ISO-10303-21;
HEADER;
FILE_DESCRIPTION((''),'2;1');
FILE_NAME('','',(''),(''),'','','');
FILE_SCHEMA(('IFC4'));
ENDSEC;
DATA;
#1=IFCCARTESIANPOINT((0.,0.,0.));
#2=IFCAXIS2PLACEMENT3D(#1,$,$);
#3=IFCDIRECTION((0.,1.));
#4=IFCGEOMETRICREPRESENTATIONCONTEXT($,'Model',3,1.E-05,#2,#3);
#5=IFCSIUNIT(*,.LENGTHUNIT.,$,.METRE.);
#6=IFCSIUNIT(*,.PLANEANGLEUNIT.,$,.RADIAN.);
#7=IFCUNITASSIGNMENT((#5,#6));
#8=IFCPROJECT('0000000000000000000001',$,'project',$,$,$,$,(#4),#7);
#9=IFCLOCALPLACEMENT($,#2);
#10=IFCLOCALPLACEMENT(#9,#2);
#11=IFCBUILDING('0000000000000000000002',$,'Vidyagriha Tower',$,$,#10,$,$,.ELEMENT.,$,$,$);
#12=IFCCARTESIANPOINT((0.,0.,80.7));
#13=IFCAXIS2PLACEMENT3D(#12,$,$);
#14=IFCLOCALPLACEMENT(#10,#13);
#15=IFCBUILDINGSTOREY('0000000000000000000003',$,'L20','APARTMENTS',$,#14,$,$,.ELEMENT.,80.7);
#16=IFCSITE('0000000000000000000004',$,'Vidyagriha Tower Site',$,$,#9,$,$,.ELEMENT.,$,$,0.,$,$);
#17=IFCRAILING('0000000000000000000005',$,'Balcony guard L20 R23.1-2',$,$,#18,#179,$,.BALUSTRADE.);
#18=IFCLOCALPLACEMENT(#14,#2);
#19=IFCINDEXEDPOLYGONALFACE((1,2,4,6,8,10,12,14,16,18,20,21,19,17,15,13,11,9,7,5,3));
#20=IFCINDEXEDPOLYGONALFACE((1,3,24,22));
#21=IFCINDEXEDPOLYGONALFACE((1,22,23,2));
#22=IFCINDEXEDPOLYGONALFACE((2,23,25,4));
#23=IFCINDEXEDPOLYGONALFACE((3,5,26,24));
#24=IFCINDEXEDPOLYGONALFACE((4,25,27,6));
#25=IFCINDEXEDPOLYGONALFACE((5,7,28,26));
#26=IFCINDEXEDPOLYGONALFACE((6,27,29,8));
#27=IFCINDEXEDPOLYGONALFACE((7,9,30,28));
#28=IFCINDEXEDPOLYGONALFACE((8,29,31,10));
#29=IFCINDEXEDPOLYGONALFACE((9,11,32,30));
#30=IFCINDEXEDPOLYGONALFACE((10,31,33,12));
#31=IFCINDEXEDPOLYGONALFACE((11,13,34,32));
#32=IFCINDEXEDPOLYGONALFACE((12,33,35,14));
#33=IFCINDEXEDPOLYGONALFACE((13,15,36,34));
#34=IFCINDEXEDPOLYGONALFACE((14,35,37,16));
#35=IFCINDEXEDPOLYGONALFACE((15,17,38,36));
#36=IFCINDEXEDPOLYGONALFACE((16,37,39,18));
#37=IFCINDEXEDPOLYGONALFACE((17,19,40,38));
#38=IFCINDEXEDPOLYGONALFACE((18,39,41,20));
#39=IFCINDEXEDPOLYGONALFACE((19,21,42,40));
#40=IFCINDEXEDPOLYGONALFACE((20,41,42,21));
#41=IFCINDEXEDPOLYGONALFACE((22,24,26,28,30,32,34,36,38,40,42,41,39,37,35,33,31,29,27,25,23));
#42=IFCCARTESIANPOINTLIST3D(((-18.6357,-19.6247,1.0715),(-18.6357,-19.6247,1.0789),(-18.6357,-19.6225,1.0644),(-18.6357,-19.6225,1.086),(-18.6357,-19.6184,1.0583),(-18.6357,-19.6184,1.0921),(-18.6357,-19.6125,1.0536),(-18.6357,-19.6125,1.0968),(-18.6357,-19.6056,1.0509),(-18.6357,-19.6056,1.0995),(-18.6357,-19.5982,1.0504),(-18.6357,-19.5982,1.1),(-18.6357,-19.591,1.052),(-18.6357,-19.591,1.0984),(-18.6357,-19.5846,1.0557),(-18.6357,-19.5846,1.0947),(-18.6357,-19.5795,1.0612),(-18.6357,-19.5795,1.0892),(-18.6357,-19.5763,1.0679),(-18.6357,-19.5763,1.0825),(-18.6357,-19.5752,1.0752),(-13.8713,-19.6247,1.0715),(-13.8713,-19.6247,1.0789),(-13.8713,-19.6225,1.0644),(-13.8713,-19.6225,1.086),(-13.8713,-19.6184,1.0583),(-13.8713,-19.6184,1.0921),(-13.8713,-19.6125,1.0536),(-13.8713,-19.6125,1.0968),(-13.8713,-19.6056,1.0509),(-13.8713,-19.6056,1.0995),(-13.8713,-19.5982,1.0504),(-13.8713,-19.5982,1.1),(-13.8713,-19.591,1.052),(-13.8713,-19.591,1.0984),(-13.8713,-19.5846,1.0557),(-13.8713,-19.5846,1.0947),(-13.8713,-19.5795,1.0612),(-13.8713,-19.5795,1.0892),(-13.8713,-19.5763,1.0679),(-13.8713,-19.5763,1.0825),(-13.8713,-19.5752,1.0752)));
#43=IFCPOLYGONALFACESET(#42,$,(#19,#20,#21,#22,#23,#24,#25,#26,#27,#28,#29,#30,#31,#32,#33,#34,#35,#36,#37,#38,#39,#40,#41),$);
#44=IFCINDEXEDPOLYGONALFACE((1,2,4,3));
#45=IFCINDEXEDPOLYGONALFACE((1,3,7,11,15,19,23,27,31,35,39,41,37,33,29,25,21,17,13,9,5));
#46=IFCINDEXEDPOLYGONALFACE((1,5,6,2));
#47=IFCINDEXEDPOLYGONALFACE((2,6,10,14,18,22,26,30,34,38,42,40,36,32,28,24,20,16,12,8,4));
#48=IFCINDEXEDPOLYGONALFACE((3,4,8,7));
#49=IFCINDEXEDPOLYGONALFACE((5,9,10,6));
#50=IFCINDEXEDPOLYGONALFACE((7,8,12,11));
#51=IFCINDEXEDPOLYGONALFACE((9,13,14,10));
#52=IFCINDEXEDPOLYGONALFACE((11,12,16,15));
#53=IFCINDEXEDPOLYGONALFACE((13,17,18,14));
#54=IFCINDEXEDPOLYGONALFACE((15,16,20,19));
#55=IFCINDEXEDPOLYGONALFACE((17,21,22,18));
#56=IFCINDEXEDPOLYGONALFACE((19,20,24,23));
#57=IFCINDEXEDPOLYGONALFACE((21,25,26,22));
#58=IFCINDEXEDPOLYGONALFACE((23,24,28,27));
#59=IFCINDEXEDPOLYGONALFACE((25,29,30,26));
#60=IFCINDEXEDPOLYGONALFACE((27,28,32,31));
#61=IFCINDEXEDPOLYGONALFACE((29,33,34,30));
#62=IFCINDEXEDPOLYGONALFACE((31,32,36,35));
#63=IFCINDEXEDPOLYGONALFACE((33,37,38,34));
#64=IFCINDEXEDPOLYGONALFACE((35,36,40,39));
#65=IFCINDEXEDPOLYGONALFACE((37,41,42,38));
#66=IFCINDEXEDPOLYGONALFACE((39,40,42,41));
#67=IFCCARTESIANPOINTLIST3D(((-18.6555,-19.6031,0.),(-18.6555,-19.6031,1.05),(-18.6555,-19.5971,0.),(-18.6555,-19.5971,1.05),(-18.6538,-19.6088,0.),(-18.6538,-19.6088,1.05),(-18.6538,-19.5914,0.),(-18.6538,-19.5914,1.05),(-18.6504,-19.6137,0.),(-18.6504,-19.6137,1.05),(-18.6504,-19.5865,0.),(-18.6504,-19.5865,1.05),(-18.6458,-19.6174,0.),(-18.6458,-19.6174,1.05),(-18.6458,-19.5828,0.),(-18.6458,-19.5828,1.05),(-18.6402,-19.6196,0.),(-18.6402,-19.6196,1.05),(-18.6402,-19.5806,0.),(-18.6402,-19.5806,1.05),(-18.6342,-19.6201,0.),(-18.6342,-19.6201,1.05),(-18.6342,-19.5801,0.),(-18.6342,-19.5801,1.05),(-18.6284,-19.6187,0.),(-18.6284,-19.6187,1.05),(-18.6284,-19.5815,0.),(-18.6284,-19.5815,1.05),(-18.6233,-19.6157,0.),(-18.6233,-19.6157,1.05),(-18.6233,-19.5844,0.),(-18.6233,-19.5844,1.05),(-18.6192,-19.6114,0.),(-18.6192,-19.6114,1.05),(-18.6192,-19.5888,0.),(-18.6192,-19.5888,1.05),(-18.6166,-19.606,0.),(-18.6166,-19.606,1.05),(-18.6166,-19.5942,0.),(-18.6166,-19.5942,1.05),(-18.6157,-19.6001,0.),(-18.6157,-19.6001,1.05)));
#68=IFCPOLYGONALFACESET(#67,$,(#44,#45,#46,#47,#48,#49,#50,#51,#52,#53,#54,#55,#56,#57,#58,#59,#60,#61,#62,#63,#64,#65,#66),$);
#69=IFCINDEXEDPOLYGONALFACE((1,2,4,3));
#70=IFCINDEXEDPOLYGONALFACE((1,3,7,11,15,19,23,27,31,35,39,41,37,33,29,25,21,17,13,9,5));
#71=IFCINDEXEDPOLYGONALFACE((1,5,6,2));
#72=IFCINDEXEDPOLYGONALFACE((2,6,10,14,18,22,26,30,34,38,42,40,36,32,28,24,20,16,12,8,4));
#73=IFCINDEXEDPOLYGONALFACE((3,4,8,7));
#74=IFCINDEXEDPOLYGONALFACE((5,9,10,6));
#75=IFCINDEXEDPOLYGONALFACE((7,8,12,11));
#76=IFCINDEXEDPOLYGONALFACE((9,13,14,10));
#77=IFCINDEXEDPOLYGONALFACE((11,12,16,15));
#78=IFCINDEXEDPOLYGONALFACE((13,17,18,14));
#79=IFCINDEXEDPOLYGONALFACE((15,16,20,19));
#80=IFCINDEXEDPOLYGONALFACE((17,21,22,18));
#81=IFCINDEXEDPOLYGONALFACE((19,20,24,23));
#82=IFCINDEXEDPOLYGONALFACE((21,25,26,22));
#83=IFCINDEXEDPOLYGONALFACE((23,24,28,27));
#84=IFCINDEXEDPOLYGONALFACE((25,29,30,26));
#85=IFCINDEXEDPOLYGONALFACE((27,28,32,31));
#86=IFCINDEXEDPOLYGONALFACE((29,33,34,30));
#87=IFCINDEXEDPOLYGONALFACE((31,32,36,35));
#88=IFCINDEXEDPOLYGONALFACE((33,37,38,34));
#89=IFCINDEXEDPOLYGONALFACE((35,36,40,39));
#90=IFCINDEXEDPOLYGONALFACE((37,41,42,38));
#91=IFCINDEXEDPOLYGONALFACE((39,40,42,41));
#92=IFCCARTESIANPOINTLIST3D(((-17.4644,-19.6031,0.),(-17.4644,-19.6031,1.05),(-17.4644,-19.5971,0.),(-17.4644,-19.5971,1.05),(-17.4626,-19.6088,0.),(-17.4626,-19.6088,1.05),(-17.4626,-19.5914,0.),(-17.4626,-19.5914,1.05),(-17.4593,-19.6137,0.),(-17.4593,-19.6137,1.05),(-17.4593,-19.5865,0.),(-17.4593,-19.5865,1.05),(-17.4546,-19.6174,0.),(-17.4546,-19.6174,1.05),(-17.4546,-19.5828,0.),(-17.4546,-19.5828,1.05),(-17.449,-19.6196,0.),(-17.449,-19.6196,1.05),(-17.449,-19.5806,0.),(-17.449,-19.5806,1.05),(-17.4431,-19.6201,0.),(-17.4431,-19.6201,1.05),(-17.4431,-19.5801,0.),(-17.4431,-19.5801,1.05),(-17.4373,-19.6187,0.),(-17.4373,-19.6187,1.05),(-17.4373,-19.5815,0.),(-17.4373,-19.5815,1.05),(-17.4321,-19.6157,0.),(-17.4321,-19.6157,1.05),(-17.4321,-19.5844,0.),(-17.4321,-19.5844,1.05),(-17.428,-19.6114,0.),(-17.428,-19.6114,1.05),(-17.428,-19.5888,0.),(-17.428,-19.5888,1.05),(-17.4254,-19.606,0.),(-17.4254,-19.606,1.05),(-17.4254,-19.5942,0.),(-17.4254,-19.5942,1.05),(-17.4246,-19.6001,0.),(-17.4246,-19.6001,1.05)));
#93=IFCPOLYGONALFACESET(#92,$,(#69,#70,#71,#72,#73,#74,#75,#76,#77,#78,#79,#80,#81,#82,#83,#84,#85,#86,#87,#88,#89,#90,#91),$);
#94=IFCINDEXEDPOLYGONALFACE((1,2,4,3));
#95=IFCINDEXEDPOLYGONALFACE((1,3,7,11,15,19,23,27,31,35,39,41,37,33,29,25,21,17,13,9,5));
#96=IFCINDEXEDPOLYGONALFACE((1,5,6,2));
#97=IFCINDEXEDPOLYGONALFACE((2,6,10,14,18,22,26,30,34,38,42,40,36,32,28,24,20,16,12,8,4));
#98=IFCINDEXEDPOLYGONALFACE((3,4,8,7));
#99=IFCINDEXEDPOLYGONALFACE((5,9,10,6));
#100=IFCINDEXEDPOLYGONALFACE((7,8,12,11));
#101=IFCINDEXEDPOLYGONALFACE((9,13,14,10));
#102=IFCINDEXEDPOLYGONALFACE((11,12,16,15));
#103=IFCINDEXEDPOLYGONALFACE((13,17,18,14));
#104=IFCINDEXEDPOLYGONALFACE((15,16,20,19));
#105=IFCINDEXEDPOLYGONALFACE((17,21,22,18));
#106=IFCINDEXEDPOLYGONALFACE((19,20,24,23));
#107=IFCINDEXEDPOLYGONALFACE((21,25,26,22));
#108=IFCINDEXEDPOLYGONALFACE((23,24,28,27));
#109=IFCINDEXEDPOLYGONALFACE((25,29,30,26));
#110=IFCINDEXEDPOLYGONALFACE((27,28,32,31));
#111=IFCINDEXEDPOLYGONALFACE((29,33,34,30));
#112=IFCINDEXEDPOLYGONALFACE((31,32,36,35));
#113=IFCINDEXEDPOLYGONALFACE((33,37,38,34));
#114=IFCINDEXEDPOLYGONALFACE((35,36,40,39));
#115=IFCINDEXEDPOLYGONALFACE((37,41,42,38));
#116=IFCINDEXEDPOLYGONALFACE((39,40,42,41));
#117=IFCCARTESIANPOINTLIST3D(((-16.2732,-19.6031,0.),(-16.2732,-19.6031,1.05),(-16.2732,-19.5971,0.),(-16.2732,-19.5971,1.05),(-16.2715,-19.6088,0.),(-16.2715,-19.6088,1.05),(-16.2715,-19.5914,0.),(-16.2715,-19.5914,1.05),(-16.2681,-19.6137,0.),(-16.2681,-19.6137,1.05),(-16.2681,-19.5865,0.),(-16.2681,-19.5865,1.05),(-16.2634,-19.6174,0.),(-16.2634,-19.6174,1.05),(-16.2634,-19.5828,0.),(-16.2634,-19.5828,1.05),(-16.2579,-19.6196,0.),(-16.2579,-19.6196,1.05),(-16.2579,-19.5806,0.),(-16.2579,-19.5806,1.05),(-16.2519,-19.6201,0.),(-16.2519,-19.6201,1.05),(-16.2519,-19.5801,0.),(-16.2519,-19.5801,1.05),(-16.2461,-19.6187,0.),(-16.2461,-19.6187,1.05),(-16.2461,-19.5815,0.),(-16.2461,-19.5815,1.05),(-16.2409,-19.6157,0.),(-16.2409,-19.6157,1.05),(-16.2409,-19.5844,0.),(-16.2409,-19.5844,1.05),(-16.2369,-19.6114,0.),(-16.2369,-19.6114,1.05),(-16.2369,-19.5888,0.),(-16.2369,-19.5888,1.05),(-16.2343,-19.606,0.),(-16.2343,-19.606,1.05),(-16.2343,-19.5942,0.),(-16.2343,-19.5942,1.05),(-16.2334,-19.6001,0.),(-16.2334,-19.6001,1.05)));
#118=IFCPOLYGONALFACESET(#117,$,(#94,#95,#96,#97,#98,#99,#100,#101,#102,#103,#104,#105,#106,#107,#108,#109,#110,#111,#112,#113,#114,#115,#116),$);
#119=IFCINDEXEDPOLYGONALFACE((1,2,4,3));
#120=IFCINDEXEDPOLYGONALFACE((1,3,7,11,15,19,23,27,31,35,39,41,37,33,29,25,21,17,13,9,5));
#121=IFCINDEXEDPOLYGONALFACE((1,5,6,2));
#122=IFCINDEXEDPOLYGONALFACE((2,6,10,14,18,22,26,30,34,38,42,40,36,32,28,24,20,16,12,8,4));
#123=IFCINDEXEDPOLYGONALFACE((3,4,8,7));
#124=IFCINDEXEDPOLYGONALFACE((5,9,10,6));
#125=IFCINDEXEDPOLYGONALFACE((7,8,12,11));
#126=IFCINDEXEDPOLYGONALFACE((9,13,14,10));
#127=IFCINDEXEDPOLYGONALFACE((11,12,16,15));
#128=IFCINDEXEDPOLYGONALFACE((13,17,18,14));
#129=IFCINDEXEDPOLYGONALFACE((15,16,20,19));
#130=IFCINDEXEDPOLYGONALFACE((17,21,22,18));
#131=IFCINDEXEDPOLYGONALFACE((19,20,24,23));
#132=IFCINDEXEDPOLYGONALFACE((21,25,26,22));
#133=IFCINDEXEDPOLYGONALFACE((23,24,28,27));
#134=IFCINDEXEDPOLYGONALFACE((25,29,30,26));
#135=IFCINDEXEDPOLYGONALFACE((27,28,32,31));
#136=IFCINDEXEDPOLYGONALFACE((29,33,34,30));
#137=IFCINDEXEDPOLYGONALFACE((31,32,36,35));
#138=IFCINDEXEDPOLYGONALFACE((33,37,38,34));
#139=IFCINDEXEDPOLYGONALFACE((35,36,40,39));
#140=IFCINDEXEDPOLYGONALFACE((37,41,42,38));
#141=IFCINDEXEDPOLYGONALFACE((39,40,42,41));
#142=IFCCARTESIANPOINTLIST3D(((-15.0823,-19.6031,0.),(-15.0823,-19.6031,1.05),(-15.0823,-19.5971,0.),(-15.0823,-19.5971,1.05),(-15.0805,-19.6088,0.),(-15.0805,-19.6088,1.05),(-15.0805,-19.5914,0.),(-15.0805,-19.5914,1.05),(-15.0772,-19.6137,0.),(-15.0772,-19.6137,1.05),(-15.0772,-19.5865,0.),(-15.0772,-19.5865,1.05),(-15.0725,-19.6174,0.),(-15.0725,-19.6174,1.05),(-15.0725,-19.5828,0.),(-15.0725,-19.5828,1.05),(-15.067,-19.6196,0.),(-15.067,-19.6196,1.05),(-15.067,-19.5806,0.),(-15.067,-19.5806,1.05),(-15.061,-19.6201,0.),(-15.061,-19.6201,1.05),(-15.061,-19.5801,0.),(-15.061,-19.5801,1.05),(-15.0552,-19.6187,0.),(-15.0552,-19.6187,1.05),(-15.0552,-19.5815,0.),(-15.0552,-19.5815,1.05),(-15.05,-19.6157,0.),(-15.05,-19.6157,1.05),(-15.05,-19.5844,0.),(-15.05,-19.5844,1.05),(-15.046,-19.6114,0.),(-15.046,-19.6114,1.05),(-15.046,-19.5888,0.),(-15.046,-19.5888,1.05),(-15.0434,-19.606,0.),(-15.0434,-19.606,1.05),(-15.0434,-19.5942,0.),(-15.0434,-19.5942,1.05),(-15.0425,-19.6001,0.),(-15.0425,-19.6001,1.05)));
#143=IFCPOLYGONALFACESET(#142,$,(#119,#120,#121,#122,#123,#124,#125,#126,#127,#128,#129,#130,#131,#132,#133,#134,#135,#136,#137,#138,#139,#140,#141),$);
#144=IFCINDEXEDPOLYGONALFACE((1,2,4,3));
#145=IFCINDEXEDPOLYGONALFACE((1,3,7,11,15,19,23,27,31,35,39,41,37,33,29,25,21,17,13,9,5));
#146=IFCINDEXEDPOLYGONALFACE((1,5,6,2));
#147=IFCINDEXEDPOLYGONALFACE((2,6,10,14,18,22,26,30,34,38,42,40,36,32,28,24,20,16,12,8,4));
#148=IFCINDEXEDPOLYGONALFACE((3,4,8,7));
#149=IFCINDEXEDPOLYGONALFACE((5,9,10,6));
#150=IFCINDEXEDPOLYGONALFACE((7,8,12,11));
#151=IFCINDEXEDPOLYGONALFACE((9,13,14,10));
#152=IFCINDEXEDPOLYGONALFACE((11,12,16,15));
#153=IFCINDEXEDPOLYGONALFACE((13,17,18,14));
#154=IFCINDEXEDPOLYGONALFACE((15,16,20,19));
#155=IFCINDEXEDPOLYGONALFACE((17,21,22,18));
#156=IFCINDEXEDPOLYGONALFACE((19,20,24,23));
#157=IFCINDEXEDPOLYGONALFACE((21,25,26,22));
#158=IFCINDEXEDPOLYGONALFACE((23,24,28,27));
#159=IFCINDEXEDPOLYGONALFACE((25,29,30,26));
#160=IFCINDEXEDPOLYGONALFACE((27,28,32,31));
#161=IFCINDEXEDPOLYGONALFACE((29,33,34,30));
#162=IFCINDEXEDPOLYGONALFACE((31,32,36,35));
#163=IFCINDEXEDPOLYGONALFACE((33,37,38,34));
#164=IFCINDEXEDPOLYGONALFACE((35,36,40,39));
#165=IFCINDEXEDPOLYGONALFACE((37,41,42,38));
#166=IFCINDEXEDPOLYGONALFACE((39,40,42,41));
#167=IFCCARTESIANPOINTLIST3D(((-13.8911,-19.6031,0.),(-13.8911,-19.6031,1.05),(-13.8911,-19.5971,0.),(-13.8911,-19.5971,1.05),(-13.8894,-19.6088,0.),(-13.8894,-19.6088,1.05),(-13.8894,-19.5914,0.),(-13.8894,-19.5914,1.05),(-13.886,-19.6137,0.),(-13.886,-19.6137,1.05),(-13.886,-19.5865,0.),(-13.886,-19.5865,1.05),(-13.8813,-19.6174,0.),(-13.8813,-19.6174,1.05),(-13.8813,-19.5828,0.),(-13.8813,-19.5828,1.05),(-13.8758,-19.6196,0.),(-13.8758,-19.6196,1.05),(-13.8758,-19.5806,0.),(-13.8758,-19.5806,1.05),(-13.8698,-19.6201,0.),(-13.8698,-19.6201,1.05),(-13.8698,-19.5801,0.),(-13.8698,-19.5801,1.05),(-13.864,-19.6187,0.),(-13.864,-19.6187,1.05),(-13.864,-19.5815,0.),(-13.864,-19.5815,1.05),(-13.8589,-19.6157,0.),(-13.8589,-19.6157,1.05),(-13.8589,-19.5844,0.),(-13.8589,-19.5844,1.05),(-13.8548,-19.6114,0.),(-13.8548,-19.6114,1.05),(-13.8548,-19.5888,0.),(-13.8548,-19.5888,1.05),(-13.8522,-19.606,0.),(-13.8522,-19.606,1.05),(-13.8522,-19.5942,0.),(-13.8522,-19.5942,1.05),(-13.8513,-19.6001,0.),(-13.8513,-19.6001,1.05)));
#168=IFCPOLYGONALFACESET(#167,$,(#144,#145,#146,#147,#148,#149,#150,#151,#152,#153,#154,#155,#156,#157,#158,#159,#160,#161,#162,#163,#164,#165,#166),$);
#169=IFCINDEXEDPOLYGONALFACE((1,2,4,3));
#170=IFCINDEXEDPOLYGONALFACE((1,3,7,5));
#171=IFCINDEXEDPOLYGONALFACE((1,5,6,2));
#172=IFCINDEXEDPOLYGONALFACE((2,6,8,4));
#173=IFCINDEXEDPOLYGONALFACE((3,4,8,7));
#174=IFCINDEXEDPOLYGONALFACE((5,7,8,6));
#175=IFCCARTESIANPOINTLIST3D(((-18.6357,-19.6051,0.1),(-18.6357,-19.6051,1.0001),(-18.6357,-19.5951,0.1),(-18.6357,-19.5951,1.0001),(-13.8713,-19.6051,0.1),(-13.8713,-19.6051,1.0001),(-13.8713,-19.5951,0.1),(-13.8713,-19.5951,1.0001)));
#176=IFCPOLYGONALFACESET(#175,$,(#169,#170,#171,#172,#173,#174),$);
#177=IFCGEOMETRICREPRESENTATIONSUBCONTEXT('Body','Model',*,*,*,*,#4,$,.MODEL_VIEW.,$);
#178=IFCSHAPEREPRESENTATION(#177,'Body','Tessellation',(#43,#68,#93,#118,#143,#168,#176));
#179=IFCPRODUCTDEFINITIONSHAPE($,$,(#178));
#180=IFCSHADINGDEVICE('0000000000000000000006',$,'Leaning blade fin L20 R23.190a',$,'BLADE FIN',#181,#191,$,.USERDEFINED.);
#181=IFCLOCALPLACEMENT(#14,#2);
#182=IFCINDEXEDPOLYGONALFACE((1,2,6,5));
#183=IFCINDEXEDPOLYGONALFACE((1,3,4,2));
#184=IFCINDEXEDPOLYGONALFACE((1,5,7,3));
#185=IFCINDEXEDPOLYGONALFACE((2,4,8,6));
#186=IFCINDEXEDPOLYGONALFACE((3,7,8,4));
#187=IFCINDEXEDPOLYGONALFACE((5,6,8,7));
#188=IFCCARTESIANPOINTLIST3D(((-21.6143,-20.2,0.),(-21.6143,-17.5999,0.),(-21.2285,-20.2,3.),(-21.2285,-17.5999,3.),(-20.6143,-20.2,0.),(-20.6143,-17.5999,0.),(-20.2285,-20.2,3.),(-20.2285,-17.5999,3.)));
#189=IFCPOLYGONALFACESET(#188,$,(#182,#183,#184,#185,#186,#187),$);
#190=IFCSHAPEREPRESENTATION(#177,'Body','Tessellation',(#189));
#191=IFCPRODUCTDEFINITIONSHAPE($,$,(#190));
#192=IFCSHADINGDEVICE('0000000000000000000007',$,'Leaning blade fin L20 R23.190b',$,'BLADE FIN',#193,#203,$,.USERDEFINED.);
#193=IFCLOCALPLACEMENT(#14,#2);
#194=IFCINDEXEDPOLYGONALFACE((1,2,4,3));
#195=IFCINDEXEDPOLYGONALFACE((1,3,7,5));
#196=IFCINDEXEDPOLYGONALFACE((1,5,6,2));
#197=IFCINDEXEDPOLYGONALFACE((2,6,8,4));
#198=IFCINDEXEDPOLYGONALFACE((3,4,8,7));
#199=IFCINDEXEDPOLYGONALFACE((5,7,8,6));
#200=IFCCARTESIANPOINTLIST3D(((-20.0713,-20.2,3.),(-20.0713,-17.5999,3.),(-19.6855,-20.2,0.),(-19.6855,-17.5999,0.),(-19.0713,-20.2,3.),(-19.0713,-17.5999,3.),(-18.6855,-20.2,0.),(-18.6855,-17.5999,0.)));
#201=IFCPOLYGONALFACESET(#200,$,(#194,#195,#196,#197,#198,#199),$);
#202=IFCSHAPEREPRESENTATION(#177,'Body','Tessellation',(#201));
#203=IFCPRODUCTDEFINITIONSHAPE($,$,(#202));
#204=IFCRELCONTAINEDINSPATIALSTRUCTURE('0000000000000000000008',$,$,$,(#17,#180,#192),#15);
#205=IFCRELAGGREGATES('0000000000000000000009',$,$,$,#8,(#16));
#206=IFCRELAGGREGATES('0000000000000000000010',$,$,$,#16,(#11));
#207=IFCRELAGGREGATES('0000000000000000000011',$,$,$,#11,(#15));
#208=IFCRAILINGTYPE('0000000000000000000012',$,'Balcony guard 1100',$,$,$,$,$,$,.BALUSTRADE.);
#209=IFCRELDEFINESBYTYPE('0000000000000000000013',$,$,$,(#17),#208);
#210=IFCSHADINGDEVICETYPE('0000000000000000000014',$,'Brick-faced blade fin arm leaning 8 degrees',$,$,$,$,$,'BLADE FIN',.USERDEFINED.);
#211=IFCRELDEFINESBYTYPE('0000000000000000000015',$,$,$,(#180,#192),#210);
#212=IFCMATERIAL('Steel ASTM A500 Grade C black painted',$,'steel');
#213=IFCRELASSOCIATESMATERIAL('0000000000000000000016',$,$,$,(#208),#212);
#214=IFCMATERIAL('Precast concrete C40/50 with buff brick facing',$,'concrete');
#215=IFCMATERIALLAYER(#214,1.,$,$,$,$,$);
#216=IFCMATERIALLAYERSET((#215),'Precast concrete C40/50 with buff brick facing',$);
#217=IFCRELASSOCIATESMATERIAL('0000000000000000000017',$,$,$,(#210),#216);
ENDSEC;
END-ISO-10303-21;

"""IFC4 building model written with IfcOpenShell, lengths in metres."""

from ifc_helpers import new_model, si_unit, direction, frame, origin, origin_2d, place, context, subcontext, project, spatial, polyline, rectangle, circle, outline, extrude, material, layer, layer_set, type_object, element, save


model = new_model("IFC4")

# Units and contexts
model_context = context("Model", 3, precision=1e-05, world=origin(), true_north=direction((0.0, 1.0)))
body_context = subcontext(model_context, "Body", "Model", "MODEL_VIEW")
ifc_project = project(units=[si_unit("LENGTHUNIT", "METRE"), si_unit("PLANEANGLEUNIT", "RADIAN")], contexts=[model_context])

# Site, building, storey
site_placement = place(None, origin())
site = spatial("IfcSite", under=ifc_project, at=site_placement, Name="Vidyagriha Tower Site", CompositionType="ELEMENT", RefElevation=0.0)
building_placement = place(site_placement, origin())
building = spatial("IfcBuilding", under=site, at=building_placement, Name="Vidyagriha Tower", CompositionType="ELEMENT")
storey_placement = place(building_placement, frame((0.0, 0.0, 80.7)))
storey = spatial("IfcBuildingStorey", under=building, at=storey_placement, Name="L20", Description="APARTMENTS", CompositionType="ELEMENT", Elevation=80.7)

# Railing
ifc_material_1 = material(Name="Steel ASTM A500 Grade C black painted", Category="steel")
railing_type_1 = type_object("IfcRailingType", Name="Balcony guard 1100", PredefinedType="BALUSTRADE", material=ifc_material_1)
railing_1_placement = place(storey_placement, frame((-18.6357, -19.6001, 0.0)))
element("IfcRailing", 1, at=railing_1_placement, inside=storey, type_object=railing_type_1, Name="Balcony guard L20 R23.1-2", PredefinedType="BALUSTRADE", context=body_context, shape_type="SweptSolid", body=[
    extrude(circle(Radius=0.0249, at=origin_2d()), frame((0.0, 0.0, 1.0752), z_axis=(1.0, 0.0, 0.0), x_axis=(0.0, 1.0, 0.0)), (0.0, 0.0, 1.0), 4.7644),
    extrude(circle(Radius=0.02, at=origin_2d()), origin(), (0.0, 0.0, 1.0), 1.05),
    extrude(circle(Radius=0.02, at=origin_2d()), frame((1.1912, 0.0, 0.0)), (0.0, 0.0, 1.0), 1.05),
    extrude(circle(Radius=0.02, at=origin_2d()), frame((2.3823, 0.0, 0.0)), (0.0, 0.0, 1.0), 1.05),
    extrude(circle(Radius=0.02, at=origin_2d()), frame((3.5732, 0.0, 0.0)), (0.0, 0.0, 1.0), 1.05),
    extrude(circle(Radius=0.02, at=origin_2d()), frame((4.7644, 0.0, 0.0)), (0.0, 0.0, 1.0), 1.05),
    extrude(rectangle(XDim=0.01, YDim=0.9001, at=origin_2d()), frame((0.0, 0.0, 0.55), z_axis=(1.0, 0.0, 0.0), x_axis=(0.0, 1.0, 0.0)), (0.0, 0.0, 1.0), 4.7644),
])

# Shading devices
ifc_material_2 = material(Name="Precast concrete C40/50 with buff brick facing", Category="concrete")
ifc_layer_1 = layer(ifc_material_2, 1.0)
ifc_layer_set_1 = layer_set([ifc_layer_1], Name="Precast concrete C40/50 with buff brick facing")
shading_device_type = type_object("IfcShadingDeviceType", Name="Brick-faced blade fin arm leaning 8 degrees", ElementType="BLADE FIN", PredefinedType="USERDEFINED", material=ifc_layer_set_1)
shading_device_1_placement = place(storey_placement, frame((-21.6143, -18.8999, 0.0)))
element("IfcShadingDevice", 2, at=shading_device_1_placement, inside=storey, type_object=shading_device_type, Name="Leaning blade fin L20 R23.190a", ObjectType="BLADE FIN", PredefinedType="USERDEFINED", context=body_context, shape_type="SweptSolid", body=[
    extrude(outline(polyline([(0.0, 0.0), (1.0, 0.0), (1.3857, 3.0), (0.3857, 3.0), (0.0, 0.0)])), frame((0.0, 1.3, 0.0), z_axis=(0.0, -1.0, 0.0), x_axis=(1.0, 0.0, 0.0)), (0.0, 0.0, 1.0), 2.6001),
])
shading_device_2_placement = place(storey_placement, frame((-20.0713, -18.8999, 0.0)))
element("IfcShadingDevice", 3, at=shading_device_2_placement, inside=storey, type_object=shading_device_type, Name="Leaning blade fin L20 R23.190b", ObjectType="BLADE FIN", PredefinedType="USERDEFINED", context=body_context, shape_type="SweptSolid", body=[
    extrude(outline(polyline([(0.3857, 0.0), (1.3857, 0.0), (1.0, 3.0), (0.0, 3.0), (0.3857, 0.0)])), frame((0.0, 1.3, 0.0), z_axis=(0.0, -1.0, 0.0), x_axis=(1.0, 0.0, 0.0)), (0.0, 0.0, 1.0), 2.6001),
])

save(model, "model.ifc")
